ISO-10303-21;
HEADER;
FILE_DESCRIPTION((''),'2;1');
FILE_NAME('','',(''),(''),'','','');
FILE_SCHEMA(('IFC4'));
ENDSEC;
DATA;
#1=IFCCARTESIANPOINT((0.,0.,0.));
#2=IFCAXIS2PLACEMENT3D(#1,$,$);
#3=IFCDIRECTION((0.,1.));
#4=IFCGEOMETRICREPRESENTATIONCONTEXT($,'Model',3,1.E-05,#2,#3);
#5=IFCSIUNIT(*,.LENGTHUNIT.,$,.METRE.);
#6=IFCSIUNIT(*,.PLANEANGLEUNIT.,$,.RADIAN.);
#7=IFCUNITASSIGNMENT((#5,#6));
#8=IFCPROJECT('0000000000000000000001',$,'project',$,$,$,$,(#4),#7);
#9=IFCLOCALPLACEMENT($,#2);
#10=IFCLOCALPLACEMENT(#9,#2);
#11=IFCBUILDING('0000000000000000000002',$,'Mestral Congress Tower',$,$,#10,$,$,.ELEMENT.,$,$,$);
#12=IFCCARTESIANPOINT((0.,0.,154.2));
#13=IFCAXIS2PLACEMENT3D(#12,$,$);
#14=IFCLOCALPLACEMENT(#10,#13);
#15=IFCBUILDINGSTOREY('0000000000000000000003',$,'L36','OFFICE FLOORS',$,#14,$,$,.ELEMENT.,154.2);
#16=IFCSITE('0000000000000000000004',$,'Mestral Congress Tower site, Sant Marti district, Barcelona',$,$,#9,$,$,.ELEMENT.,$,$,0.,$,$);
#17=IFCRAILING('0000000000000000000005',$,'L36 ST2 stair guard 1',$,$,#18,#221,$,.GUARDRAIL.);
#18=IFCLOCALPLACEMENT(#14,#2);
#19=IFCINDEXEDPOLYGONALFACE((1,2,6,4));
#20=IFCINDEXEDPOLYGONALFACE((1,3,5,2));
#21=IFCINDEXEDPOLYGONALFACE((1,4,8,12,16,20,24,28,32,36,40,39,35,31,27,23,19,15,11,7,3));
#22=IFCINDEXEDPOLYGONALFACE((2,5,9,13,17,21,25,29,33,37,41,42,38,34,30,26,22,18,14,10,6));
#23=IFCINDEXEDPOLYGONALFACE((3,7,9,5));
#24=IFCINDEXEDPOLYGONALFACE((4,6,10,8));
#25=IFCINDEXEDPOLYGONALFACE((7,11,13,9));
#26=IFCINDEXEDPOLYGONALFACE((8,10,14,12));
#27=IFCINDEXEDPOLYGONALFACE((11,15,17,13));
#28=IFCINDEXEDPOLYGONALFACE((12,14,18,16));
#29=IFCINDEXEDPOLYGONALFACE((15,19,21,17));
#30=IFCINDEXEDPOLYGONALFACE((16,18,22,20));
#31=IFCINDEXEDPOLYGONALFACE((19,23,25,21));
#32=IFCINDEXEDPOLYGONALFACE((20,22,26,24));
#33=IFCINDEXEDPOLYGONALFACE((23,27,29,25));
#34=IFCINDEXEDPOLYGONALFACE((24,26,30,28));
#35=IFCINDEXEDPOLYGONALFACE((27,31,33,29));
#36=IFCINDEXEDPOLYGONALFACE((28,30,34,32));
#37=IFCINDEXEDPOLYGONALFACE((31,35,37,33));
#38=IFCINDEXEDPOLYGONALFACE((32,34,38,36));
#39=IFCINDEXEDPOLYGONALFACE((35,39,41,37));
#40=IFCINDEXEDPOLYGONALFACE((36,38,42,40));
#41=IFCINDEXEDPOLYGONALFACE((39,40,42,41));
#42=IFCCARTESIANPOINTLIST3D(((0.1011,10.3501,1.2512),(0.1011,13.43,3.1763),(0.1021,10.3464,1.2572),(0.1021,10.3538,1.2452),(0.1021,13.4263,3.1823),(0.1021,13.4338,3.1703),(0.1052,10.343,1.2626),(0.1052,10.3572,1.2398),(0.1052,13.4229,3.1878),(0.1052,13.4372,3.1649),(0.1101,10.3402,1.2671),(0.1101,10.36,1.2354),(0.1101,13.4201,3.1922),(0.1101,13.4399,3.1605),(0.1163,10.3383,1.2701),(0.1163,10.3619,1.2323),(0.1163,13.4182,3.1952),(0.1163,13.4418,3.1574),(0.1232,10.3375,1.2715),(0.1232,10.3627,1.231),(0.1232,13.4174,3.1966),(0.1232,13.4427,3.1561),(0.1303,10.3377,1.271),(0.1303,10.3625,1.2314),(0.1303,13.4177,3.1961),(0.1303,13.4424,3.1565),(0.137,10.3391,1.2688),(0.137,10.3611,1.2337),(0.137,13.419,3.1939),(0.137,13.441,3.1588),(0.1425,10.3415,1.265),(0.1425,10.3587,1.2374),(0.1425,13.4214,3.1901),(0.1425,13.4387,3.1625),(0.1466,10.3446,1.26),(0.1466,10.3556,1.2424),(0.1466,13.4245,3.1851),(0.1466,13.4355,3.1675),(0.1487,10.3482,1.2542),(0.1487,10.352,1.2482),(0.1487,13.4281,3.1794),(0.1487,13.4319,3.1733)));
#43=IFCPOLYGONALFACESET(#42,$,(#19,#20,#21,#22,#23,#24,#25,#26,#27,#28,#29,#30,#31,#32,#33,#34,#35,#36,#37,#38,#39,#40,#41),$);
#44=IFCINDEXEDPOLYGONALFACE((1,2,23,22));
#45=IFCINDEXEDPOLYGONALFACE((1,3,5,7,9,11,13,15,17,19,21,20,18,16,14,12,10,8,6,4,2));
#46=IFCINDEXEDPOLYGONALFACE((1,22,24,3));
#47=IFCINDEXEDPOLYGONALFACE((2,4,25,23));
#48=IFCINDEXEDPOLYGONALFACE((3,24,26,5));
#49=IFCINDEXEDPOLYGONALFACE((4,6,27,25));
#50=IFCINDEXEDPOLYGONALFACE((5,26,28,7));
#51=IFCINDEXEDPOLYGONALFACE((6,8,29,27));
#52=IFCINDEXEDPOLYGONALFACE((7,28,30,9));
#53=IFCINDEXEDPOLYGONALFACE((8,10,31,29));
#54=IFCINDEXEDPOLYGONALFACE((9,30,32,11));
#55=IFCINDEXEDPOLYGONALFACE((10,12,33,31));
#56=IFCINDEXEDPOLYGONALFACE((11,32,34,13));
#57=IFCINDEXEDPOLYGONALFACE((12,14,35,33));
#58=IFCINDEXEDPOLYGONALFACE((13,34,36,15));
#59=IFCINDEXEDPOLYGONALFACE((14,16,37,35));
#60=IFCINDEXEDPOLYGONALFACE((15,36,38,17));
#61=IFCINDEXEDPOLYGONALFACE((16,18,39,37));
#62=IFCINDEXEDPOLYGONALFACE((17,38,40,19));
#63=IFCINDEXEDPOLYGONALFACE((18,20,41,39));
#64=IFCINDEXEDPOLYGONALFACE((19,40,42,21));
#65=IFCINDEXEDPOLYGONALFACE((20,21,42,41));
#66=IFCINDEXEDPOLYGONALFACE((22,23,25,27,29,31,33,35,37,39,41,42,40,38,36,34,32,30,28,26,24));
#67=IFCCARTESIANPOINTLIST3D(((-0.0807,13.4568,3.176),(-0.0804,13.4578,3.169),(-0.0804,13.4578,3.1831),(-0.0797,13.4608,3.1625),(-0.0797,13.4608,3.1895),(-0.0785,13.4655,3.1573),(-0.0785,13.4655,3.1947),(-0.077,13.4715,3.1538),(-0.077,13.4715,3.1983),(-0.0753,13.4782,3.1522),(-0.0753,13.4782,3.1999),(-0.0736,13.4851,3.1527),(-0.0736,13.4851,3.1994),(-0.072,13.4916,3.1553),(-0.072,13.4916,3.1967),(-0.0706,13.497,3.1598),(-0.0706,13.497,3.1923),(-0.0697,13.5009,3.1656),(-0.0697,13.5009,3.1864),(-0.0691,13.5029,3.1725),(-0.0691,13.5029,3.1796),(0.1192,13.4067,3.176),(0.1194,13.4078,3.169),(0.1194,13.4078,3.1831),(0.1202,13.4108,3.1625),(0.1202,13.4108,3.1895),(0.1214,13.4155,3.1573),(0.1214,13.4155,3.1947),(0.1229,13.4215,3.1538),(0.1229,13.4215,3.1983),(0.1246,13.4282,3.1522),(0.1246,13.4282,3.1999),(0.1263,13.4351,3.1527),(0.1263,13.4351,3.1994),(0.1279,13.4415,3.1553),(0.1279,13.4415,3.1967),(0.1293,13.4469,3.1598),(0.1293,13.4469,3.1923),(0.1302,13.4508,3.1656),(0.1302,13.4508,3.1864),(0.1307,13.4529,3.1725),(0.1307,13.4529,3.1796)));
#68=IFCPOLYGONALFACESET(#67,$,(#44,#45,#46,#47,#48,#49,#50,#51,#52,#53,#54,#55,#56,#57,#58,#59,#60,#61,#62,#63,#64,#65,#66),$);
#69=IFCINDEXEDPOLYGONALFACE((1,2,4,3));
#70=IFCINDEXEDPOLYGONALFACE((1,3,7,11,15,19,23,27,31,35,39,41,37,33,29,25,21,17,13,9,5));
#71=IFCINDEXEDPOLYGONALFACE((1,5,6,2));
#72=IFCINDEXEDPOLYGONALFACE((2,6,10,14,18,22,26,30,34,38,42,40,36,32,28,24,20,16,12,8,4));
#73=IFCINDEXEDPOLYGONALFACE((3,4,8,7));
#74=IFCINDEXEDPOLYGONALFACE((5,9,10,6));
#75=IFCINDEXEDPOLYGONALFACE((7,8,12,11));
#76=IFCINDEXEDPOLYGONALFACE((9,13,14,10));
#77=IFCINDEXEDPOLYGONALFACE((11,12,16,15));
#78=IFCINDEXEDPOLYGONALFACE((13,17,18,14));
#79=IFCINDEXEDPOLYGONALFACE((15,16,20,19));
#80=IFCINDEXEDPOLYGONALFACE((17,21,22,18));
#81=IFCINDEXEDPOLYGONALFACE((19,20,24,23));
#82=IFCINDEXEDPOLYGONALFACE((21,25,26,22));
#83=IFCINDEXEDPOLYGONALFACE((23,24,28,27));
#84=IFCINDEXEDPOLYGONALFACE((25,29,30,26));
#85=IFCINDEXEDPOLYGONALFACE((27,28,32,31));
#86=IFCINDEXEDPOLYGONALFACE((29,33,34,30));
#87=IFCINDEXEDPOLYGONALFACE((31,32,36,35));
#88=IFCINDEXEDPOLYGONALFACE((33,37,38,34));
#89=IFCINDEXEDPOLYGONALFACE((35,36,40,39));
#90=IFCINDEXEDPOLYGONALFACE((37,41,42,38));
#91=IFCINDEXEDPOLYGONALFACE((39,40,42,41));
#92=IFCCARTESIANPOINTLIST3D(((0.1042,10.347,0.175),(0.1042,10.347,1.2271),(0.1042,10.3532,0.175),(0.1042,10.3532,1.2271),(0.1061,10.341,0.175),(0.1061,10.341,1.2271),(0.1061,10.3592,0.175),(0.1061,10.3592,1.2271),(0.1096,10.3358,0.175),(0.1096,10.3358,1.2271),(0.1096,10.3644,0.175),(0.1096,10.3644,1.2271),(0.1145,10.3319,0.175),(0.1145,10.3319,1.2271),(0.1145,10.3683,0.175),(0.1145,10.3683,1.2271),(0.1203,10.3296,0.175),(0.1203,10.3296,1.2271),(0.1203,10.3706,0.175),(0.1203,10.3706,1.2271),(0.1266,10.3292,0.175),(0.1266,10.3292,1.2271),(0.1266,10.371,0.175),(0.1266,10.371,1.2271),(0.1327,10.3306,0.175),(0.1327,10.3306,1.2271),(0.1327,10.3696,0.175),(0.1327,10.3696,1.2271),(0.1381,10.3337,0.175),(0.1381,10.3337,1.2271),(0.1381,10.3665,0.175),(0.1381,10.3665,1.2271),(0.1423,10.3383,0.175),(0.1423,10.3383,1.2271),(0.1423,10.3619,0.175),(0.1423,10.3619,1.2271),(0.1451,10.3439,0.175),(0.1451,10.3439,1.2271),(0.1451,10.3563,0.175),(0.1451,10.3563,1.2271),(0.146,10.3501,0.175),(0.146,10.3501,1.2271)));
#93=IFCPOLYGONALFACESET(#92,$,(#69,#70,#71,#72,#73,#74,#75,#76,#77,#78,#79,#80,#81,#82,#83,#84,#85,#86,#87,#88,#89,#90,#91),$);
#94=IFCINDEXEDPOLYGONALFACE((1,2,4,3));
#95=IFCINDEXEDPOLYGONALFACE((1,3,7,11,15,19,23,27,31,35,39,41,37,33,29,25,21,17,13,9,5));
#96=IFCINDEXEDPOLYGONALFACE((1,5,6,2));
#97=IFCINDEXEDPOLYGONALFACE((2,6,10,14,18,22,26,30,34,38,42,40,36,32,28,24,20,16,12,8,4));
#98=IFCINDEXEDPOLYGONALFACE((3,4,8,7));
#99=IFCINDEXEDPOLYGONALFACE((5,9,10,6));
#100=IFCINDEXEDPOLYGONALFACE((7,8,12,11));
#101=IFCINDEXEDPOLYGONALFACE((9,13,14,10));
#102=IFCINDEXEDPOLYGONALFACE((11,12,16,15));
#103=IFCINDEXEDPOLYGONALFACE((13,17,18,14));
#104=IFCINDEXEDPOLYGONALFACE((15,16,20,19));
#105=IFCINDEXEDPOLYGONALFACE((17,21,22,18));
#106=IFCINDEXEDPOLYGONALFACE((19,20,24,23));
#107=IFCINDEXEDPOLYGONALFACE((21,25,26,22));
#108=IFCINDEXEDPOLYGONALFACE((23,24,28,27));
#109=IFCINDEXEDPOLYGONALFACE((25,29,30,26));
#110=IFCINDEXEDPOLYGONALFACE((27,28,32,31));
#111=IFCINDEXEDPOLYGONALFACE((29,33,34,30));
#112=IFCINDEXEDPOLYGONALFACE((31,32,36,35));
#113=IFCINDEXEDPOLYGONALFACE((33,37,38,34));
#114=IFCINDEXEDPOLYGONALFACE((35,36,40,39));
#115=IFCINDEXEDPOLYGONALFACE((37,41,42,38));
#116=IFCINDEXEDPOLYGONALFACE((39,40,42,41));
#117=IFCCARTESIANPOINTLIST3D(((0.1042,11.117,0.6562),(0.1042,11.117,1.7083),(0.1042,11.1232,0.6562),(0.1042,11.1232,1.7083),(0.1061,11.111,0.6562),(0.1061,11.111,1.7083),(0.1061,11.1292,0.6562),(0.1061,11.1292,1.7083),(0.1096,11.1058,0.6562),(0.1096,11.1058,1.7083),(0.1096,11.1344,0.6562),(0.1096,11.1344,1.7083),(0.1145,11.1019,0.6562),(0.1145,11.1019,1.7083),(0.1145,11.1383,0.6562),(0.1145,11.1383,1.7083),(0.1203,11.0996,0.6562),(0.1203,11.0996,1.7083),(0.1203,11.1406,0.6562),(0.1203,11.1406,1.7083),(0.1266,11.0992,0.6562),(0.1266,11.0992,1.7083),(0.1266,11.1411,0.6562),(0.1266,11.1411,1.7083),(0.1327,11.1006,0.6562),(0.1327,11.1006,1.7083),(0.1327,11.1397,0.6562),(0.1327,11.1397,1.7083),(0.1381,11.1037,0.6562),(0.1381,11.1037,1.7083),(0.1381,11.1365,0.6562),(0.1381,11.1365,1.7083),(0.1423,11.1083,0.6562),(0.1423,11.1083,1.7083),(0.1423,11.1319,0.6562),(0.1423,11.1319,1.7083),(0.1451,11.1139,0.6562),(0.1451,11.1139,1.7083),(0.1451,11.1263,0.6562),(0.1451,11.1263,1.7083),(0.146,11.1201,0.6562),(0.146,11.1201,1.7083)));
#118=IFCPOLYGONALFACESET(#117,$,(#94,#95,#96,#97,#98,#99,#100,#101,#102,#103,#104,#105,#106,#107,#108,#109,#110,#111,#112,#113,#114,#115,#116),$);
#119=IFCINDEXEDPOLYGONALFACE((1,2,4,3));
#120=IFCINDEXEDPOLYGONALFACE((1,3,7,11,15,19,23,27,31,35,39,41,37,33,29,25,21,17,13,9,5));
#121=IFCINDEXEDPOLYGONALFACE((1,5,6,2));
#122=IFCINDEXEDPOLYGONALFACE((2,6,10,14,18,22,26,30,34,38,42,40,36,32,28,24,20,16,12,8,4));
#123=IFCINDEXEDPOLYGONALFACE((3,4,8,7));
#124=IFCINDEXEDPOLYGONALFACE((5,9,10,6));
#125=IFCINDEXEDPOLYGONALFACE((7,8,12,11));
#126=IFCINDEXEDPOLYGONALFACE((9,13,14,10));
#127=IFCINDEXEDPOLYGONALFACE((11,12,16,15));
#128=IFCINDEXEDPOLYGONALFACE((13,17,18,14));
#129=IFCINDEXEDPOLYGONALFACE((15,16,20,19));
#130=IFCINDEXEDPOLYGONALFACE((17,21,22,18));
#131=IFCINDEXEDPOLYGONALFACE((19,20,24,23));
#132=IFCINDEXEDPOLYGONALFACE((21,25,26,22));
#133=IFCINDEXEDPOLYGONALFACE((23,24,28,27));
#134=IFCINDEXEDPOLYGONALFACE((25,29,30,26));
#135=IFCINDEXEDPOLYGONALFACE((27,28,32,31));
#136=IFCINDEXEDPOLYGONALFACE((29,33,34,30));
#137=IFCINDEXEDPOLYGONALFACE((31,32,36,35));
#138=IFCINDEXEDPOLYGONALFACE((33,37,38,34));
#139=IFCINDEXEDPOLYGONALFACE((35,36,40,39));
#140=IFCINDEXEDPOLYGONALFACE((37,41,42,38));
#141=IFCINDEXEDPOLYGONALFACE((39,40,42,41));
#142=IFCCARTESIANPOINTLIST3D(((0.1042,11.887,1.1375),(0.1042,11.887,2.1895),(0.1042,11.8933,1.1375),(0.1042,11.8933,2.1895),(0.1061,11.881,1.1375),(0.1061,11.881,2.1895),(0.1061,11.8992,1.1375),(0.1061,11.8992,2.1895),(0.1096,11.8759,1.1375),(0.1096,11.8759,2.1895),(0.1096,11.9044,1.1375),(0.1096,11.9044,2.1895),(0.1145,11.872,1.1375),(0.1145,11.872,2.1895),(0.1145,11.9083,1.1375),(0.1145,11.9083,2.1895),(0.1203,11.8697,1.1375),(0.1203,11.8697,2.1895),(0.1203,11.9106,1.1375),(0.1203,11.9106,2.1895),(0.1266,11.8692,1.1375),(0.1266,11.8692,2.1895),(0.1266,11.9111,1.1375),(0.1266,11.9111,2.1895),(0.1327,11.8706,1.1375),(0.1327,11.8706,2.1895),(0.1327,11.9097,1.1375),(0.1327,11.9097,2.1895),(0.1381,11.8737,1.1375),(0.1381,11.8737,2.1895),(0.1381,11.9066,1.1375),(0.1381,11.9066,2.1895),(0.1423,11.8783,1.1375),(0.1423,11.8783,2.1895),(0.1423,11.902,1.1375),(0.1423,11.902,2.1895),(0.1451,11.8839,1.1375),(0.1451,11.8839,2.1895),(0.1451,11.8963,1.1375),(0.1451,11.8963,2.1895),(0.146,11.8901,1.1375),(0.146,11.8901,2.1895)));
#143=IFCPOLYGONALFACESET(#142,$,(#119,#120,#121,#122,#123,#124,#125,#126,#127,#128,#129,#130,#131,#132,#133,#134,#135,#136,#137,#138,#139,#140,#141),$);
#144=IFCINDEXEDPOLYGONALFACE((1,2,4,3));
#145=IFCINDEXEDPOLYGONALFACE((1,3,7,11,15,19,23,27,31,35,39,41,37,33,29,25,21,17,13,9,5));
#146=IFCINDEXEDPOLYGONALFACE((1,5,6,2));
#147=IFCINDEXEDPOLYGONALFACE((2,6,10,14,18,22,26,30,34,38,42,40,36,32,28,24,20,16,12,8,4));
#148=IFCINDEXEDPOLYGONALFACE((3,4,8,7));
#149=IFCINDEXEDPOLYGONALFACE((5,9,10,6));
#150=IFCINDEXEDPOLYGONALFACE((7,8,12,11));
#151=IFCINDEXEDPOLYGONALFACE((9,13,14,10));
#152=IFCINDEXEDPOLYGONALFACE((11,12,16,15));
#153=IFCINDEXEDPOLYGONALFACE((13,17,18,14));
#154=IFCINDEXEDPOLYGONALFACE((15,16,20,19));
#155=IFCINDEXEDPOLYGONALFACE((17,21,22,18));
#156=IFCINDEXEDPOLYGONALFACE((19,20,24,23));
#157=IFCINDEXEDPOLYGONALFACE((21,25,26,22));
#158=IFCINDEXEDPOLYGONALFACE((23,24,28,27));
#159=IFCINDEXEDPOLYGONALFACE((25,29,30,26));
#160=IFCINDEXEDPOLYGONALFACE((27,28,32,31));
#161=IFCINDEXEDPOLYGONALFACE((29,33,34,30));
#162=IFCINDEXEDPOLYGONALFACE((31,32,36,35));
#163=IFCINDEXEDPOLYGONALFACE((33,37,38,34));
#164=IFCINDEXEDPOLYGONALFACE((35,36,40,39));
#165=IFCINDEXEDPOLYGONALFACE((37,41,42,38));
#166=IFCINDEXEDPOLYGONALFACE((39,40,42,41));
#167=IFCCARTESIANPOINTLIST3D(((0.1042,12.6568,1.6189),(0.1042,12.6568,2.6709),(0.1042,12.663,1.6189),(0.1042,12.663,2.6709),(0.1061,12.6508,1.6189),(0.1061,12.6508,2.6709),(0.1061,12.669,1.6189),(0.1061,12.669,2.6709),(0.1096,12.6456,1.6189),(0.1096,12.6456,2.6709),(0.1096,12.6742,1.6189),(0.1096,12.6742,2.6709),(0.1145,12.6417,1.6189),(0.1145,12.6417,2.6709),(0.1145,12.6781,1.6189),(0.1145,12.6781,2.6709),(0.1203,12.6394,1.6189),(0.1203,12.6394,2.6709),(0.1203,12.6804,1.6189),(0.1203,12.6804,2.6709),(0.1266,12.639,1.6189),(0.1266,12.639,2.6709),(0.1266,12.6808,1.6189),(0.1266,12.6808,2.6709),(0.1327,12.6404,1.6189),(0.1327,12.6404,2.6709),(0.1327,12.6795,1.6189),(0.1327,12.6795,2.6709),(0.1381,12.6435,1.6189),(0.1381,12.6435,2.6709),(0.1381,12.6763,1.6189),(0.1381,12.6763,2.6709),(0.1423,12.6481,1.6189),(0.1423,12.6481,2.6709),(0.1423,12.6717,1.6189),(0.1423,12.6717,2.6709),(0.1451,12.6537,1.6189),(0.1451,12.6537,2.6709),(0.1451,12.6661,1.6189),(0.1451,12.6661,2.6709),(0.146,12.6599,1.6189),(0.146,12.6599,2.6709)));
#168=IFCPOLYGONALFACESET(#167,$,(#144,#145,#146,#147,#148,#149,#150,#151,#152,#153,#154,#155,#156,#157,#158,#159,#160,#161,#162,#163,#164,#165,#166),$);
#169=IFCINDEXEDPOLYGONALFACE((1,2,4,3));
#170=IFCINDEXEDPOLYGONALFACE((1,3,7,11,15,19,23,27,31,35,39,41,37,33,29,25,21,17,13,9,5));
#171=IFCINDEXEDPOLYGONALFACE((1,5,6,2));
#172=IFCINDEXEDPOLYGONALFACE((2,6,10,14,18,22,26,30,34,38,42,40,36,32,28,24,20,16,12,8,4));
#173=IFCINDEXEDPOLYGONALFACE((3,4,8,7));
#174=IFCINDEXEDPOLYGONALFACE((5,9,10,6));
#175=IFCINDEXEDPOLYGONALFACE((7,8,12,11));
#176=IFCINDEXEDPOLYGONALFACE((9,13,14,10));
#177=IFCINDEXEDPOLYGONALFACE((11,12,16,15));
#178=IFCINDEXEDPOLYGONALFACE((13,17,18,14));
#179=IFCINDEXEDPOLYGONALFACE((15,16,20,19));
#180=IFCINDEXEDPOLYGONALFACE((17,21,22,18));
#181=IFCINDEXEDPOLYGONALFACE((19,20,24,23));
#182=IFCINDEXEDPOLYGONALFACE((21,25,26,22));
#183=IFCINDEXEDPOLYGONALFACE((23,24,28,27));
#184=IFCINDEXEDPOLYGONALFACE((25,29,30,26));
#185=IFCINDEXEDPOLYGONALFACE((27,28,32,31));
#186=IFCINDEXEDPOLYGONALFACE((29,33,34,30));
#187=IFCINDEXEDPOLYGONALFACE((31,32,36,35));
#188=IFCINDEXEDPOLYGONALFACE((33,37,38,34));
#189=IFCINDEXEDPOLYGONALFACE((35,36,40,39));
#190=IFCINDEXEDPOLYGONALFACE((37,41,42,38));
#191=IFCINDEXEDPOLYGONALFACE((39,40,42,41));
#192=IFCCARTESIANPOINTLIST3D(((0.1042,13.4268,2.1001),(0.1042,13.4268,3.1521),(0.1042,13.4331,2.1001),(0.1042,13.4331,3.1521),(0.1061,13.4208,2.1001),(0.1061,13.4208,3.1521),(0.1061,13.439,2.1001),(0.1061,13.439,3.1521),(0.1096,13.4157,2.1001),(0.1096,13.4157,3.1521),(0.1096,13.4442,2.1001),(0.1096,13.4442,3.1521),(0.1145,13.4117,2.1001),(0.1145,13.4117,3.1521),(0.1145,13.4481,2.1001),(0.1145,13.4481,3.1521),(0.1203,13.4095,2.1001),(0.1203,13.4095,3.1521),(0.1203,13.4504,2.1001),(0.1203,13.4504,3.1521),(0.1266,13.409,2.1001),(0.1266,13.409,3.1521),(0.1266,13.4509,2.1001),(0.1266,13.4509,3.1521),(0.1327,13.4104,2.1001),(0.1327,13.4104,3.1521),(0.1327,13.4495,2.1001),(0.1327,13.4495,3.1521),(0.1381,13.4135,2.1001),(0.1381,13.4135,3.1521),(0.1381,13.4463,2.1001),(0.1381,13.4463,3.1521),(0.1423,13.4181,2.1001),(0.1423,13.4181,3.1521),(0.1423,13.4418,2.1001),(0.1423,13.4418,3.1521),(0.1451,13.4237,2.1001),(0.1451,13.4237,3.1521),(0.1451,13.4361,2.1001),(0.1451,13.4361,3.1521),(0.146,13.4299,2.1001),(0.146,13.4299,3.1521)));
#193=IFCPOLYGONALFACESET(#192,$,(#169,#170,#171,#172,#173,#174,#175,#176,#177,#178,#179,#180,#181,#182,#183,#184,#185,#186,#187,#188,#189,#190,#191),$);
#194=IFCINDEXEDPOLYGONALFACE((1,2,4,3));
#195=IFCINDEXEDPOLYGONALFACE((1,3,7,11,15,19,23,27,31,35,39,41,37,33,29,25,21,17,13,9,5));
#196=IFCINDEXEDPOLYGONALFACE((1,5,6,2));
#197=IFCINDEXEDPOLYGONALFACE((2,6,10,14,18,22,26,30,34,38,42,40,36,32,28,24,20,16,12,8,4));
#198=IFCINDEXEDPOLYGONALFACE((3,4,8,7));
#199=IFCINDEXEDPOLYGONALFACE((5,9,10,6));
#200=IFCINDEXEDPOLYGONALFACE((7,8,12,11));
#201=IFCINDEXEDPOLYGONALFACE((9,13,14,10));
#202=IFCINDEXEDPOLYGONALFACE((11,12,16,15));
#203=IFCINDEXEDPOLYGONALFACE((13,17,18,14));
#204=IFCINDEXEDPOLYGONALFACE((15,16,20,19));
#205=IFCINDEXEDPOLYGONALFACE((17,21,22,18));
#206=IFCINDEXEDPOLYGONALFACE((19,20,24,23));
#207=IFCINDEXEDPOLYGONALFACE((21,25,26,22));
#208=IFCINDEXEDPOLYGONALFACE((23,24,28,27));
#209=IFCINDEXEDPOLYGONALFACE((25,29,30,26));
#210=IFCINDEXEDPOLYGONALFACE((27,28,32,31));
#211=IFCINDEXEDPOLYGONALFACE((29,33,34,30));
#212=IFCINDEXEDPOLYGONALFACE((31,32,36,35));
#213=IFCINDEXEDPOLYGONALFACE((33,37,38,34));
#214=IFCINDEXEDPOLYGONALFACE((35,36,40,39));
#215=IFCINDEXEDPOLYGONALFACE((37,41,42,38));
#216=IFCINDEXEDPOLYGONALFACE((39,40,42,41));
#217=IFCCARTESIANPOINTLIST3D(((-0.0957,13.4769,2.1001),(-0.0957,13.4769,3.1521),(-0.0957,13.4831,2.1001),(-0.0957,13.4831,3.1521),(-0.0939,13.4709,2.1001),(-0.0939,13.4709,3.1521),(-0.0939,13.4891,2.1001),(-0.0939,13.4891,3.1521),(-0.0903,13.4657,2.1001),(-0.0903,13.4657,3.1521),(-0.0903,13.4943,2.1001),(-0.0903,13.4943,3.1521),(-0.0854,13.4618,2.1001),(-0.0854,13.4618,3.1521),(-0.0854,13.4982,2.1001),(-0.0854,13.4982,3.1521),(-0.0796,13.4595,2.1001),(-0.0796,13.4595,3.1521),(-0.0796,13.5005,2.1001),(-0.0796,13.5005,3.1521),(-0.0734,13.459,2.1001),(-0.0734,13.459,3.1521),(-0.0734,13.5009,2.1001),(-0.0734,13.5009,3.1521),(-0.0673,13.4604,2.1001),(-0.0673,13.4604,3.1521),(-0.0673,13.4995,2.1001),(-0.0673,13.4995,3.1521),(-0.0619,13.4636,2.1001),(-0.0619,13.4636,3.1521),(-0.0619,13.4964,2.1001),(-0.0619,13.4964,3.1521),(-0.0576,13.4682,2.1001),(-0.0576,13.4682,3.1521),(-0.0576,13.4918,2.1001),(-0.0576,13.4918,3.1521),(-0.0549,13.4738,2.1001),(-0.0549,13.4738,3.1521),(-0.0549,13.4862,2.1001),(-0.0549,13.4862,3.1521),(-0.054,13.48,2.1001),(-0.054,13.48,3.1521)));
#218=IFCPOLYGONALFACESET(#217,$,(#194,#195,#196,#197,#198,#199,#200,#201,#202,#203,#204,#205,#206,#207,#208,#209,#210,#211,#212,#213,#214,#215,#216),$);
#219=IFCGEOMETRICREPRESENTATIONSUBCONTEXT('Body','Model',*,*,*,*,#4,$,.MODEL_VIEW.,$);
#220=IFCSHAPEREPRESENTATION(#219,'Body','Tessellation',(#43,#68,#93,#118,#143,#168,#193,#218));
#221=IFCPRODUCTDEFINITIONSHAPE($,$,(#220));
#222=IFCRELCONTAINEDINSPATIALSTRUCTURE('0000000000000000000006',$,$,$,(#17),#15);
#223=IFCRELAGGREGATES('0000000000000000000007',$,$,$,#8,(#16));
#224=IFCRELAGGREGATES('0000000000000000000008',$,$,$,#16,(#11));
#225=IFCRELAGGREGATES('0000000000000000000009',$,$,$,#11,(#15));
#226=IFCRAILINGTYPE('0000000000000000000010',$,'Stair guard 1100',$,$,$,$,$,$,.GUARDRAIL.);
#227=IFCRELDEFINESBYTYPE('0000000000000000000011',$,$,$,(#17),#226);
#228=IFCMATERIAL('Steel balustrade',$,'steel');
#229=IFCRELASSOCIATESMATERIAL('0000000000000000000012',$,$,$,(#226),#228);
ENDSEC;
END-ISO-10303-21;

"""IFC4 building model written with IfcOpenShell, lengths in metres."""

from ifc_helpers import new_model, si_unit, direction, frame, origin, origin_2d, place, context, subcontext, project, spatial, circle, extrude, material, type_object, element, save


model = new_model("IFC4")

# Units and contexts
model_context = context("Model", 3, precision=1e-05, world=origin(), true_north=direction((0.0, 1.0)))
body_context = subcontext(model_context, "Body", "Model", "MODEL_VIEW")
ifc_project = project(units=[si_unit("LENGTHUNIT", "METRE"), si_unit("PLANEANGLEUNIT", "RADIAN")], contexts=[model_context])

# Site, building, storey
site_placement = place(None, origin())
site = spatial("IfcSite", under=ifc_project, at=site_placement, Name="Mestral Congress Tower site, Sant Marti district, Barcelona", CompositionType="ELEMENT", RefElevation=0.0)
building_placement = place(site_placement, origin())
building = spatial("IfcBuilding", under=site, at=building_placement, Name="Mestral Congress Tower", CompositionType="ELEMENT")
storey_placement = place(building_placement, frame((0.0, 0.0, 154.2)))
storey = spatial("IfcBuildingStorey", under=building, at=storey_placement, Name="L36", Description="OFFICE FLOORS", CompositionType="ELEMENT", Elevation=154.2)

# Railing
ifc_material_1 = material(Name="Steel balustrade", Category="steel")
railing_type_1 = type_object("IfcRailingType", Name="Stair guard 1100", PredefinedType="GUARDRAIL", material=ifc_material_1)
railing_1_placement = place(storey_placement, frame((0.125, 10.3501, 0.175)))
element("IfcRailing", 1, at=railing_1_placement, inside=storey, type_object=railing_type_1, Name="L36 ST2 stair guard 1", PredefinedType="GUARDRAIL", context=body_context, shape_type="SweptSolid", body=[
    extrude(circle(Radius=0.0239, at=origin_2d()), frame((0.0, 0.0, 1.0762), z_axis=(0.0, 0.847979, 0.530029), x_axis=(-1.0, 0.0, 0.0)), (0.0, 0.0, 1.0), 3.6321),
    extrude(circle(Radius=0.0239, at=origin_2d()), frame((0.0, 3.0798, 3.001), z_axis=(-0.970073, 0.242814, 0.0), x_axis=(-0.242814, -0.970073, 0.0)), (0.0, 0.0, 1.0), 0.2061),
    extrude(circle(Radius=0.021, at=origin_2d()), origin(), (0.0, 0.0, 1.0), 1.052),
    extrude(circle(Radius=0.021, at=origin_2d()), frame((0.0, 0.77, 0.4812)), (0.0, 0.0, 1.0), 1.052),
    extrude(circle(Radius=0.021, at=origin_2d()), frame((0.0, 1.54, 0.9624)), (0.0, 0.0, 1.0), 1.052),
    extrude(circle(Radius=0.021, at=origin_2d()), frame((0.0, 2.3098, 1.4438)), (0.0, 0.0, 1.0), 1.052),
    extrude(circle(Radius=0.021, at=origin_2d()), frame((0.0, 3.0798, 1.925)), (0.0, 0.0, 1.0), 1.052),
    extrude(circle(Radius=0.021, at=origin_2d()), frame((-0.2, 3.1299, 1.925)), (0.0, 0.0, 1.0), 1.052),
])

save(model, "model.ifc")
